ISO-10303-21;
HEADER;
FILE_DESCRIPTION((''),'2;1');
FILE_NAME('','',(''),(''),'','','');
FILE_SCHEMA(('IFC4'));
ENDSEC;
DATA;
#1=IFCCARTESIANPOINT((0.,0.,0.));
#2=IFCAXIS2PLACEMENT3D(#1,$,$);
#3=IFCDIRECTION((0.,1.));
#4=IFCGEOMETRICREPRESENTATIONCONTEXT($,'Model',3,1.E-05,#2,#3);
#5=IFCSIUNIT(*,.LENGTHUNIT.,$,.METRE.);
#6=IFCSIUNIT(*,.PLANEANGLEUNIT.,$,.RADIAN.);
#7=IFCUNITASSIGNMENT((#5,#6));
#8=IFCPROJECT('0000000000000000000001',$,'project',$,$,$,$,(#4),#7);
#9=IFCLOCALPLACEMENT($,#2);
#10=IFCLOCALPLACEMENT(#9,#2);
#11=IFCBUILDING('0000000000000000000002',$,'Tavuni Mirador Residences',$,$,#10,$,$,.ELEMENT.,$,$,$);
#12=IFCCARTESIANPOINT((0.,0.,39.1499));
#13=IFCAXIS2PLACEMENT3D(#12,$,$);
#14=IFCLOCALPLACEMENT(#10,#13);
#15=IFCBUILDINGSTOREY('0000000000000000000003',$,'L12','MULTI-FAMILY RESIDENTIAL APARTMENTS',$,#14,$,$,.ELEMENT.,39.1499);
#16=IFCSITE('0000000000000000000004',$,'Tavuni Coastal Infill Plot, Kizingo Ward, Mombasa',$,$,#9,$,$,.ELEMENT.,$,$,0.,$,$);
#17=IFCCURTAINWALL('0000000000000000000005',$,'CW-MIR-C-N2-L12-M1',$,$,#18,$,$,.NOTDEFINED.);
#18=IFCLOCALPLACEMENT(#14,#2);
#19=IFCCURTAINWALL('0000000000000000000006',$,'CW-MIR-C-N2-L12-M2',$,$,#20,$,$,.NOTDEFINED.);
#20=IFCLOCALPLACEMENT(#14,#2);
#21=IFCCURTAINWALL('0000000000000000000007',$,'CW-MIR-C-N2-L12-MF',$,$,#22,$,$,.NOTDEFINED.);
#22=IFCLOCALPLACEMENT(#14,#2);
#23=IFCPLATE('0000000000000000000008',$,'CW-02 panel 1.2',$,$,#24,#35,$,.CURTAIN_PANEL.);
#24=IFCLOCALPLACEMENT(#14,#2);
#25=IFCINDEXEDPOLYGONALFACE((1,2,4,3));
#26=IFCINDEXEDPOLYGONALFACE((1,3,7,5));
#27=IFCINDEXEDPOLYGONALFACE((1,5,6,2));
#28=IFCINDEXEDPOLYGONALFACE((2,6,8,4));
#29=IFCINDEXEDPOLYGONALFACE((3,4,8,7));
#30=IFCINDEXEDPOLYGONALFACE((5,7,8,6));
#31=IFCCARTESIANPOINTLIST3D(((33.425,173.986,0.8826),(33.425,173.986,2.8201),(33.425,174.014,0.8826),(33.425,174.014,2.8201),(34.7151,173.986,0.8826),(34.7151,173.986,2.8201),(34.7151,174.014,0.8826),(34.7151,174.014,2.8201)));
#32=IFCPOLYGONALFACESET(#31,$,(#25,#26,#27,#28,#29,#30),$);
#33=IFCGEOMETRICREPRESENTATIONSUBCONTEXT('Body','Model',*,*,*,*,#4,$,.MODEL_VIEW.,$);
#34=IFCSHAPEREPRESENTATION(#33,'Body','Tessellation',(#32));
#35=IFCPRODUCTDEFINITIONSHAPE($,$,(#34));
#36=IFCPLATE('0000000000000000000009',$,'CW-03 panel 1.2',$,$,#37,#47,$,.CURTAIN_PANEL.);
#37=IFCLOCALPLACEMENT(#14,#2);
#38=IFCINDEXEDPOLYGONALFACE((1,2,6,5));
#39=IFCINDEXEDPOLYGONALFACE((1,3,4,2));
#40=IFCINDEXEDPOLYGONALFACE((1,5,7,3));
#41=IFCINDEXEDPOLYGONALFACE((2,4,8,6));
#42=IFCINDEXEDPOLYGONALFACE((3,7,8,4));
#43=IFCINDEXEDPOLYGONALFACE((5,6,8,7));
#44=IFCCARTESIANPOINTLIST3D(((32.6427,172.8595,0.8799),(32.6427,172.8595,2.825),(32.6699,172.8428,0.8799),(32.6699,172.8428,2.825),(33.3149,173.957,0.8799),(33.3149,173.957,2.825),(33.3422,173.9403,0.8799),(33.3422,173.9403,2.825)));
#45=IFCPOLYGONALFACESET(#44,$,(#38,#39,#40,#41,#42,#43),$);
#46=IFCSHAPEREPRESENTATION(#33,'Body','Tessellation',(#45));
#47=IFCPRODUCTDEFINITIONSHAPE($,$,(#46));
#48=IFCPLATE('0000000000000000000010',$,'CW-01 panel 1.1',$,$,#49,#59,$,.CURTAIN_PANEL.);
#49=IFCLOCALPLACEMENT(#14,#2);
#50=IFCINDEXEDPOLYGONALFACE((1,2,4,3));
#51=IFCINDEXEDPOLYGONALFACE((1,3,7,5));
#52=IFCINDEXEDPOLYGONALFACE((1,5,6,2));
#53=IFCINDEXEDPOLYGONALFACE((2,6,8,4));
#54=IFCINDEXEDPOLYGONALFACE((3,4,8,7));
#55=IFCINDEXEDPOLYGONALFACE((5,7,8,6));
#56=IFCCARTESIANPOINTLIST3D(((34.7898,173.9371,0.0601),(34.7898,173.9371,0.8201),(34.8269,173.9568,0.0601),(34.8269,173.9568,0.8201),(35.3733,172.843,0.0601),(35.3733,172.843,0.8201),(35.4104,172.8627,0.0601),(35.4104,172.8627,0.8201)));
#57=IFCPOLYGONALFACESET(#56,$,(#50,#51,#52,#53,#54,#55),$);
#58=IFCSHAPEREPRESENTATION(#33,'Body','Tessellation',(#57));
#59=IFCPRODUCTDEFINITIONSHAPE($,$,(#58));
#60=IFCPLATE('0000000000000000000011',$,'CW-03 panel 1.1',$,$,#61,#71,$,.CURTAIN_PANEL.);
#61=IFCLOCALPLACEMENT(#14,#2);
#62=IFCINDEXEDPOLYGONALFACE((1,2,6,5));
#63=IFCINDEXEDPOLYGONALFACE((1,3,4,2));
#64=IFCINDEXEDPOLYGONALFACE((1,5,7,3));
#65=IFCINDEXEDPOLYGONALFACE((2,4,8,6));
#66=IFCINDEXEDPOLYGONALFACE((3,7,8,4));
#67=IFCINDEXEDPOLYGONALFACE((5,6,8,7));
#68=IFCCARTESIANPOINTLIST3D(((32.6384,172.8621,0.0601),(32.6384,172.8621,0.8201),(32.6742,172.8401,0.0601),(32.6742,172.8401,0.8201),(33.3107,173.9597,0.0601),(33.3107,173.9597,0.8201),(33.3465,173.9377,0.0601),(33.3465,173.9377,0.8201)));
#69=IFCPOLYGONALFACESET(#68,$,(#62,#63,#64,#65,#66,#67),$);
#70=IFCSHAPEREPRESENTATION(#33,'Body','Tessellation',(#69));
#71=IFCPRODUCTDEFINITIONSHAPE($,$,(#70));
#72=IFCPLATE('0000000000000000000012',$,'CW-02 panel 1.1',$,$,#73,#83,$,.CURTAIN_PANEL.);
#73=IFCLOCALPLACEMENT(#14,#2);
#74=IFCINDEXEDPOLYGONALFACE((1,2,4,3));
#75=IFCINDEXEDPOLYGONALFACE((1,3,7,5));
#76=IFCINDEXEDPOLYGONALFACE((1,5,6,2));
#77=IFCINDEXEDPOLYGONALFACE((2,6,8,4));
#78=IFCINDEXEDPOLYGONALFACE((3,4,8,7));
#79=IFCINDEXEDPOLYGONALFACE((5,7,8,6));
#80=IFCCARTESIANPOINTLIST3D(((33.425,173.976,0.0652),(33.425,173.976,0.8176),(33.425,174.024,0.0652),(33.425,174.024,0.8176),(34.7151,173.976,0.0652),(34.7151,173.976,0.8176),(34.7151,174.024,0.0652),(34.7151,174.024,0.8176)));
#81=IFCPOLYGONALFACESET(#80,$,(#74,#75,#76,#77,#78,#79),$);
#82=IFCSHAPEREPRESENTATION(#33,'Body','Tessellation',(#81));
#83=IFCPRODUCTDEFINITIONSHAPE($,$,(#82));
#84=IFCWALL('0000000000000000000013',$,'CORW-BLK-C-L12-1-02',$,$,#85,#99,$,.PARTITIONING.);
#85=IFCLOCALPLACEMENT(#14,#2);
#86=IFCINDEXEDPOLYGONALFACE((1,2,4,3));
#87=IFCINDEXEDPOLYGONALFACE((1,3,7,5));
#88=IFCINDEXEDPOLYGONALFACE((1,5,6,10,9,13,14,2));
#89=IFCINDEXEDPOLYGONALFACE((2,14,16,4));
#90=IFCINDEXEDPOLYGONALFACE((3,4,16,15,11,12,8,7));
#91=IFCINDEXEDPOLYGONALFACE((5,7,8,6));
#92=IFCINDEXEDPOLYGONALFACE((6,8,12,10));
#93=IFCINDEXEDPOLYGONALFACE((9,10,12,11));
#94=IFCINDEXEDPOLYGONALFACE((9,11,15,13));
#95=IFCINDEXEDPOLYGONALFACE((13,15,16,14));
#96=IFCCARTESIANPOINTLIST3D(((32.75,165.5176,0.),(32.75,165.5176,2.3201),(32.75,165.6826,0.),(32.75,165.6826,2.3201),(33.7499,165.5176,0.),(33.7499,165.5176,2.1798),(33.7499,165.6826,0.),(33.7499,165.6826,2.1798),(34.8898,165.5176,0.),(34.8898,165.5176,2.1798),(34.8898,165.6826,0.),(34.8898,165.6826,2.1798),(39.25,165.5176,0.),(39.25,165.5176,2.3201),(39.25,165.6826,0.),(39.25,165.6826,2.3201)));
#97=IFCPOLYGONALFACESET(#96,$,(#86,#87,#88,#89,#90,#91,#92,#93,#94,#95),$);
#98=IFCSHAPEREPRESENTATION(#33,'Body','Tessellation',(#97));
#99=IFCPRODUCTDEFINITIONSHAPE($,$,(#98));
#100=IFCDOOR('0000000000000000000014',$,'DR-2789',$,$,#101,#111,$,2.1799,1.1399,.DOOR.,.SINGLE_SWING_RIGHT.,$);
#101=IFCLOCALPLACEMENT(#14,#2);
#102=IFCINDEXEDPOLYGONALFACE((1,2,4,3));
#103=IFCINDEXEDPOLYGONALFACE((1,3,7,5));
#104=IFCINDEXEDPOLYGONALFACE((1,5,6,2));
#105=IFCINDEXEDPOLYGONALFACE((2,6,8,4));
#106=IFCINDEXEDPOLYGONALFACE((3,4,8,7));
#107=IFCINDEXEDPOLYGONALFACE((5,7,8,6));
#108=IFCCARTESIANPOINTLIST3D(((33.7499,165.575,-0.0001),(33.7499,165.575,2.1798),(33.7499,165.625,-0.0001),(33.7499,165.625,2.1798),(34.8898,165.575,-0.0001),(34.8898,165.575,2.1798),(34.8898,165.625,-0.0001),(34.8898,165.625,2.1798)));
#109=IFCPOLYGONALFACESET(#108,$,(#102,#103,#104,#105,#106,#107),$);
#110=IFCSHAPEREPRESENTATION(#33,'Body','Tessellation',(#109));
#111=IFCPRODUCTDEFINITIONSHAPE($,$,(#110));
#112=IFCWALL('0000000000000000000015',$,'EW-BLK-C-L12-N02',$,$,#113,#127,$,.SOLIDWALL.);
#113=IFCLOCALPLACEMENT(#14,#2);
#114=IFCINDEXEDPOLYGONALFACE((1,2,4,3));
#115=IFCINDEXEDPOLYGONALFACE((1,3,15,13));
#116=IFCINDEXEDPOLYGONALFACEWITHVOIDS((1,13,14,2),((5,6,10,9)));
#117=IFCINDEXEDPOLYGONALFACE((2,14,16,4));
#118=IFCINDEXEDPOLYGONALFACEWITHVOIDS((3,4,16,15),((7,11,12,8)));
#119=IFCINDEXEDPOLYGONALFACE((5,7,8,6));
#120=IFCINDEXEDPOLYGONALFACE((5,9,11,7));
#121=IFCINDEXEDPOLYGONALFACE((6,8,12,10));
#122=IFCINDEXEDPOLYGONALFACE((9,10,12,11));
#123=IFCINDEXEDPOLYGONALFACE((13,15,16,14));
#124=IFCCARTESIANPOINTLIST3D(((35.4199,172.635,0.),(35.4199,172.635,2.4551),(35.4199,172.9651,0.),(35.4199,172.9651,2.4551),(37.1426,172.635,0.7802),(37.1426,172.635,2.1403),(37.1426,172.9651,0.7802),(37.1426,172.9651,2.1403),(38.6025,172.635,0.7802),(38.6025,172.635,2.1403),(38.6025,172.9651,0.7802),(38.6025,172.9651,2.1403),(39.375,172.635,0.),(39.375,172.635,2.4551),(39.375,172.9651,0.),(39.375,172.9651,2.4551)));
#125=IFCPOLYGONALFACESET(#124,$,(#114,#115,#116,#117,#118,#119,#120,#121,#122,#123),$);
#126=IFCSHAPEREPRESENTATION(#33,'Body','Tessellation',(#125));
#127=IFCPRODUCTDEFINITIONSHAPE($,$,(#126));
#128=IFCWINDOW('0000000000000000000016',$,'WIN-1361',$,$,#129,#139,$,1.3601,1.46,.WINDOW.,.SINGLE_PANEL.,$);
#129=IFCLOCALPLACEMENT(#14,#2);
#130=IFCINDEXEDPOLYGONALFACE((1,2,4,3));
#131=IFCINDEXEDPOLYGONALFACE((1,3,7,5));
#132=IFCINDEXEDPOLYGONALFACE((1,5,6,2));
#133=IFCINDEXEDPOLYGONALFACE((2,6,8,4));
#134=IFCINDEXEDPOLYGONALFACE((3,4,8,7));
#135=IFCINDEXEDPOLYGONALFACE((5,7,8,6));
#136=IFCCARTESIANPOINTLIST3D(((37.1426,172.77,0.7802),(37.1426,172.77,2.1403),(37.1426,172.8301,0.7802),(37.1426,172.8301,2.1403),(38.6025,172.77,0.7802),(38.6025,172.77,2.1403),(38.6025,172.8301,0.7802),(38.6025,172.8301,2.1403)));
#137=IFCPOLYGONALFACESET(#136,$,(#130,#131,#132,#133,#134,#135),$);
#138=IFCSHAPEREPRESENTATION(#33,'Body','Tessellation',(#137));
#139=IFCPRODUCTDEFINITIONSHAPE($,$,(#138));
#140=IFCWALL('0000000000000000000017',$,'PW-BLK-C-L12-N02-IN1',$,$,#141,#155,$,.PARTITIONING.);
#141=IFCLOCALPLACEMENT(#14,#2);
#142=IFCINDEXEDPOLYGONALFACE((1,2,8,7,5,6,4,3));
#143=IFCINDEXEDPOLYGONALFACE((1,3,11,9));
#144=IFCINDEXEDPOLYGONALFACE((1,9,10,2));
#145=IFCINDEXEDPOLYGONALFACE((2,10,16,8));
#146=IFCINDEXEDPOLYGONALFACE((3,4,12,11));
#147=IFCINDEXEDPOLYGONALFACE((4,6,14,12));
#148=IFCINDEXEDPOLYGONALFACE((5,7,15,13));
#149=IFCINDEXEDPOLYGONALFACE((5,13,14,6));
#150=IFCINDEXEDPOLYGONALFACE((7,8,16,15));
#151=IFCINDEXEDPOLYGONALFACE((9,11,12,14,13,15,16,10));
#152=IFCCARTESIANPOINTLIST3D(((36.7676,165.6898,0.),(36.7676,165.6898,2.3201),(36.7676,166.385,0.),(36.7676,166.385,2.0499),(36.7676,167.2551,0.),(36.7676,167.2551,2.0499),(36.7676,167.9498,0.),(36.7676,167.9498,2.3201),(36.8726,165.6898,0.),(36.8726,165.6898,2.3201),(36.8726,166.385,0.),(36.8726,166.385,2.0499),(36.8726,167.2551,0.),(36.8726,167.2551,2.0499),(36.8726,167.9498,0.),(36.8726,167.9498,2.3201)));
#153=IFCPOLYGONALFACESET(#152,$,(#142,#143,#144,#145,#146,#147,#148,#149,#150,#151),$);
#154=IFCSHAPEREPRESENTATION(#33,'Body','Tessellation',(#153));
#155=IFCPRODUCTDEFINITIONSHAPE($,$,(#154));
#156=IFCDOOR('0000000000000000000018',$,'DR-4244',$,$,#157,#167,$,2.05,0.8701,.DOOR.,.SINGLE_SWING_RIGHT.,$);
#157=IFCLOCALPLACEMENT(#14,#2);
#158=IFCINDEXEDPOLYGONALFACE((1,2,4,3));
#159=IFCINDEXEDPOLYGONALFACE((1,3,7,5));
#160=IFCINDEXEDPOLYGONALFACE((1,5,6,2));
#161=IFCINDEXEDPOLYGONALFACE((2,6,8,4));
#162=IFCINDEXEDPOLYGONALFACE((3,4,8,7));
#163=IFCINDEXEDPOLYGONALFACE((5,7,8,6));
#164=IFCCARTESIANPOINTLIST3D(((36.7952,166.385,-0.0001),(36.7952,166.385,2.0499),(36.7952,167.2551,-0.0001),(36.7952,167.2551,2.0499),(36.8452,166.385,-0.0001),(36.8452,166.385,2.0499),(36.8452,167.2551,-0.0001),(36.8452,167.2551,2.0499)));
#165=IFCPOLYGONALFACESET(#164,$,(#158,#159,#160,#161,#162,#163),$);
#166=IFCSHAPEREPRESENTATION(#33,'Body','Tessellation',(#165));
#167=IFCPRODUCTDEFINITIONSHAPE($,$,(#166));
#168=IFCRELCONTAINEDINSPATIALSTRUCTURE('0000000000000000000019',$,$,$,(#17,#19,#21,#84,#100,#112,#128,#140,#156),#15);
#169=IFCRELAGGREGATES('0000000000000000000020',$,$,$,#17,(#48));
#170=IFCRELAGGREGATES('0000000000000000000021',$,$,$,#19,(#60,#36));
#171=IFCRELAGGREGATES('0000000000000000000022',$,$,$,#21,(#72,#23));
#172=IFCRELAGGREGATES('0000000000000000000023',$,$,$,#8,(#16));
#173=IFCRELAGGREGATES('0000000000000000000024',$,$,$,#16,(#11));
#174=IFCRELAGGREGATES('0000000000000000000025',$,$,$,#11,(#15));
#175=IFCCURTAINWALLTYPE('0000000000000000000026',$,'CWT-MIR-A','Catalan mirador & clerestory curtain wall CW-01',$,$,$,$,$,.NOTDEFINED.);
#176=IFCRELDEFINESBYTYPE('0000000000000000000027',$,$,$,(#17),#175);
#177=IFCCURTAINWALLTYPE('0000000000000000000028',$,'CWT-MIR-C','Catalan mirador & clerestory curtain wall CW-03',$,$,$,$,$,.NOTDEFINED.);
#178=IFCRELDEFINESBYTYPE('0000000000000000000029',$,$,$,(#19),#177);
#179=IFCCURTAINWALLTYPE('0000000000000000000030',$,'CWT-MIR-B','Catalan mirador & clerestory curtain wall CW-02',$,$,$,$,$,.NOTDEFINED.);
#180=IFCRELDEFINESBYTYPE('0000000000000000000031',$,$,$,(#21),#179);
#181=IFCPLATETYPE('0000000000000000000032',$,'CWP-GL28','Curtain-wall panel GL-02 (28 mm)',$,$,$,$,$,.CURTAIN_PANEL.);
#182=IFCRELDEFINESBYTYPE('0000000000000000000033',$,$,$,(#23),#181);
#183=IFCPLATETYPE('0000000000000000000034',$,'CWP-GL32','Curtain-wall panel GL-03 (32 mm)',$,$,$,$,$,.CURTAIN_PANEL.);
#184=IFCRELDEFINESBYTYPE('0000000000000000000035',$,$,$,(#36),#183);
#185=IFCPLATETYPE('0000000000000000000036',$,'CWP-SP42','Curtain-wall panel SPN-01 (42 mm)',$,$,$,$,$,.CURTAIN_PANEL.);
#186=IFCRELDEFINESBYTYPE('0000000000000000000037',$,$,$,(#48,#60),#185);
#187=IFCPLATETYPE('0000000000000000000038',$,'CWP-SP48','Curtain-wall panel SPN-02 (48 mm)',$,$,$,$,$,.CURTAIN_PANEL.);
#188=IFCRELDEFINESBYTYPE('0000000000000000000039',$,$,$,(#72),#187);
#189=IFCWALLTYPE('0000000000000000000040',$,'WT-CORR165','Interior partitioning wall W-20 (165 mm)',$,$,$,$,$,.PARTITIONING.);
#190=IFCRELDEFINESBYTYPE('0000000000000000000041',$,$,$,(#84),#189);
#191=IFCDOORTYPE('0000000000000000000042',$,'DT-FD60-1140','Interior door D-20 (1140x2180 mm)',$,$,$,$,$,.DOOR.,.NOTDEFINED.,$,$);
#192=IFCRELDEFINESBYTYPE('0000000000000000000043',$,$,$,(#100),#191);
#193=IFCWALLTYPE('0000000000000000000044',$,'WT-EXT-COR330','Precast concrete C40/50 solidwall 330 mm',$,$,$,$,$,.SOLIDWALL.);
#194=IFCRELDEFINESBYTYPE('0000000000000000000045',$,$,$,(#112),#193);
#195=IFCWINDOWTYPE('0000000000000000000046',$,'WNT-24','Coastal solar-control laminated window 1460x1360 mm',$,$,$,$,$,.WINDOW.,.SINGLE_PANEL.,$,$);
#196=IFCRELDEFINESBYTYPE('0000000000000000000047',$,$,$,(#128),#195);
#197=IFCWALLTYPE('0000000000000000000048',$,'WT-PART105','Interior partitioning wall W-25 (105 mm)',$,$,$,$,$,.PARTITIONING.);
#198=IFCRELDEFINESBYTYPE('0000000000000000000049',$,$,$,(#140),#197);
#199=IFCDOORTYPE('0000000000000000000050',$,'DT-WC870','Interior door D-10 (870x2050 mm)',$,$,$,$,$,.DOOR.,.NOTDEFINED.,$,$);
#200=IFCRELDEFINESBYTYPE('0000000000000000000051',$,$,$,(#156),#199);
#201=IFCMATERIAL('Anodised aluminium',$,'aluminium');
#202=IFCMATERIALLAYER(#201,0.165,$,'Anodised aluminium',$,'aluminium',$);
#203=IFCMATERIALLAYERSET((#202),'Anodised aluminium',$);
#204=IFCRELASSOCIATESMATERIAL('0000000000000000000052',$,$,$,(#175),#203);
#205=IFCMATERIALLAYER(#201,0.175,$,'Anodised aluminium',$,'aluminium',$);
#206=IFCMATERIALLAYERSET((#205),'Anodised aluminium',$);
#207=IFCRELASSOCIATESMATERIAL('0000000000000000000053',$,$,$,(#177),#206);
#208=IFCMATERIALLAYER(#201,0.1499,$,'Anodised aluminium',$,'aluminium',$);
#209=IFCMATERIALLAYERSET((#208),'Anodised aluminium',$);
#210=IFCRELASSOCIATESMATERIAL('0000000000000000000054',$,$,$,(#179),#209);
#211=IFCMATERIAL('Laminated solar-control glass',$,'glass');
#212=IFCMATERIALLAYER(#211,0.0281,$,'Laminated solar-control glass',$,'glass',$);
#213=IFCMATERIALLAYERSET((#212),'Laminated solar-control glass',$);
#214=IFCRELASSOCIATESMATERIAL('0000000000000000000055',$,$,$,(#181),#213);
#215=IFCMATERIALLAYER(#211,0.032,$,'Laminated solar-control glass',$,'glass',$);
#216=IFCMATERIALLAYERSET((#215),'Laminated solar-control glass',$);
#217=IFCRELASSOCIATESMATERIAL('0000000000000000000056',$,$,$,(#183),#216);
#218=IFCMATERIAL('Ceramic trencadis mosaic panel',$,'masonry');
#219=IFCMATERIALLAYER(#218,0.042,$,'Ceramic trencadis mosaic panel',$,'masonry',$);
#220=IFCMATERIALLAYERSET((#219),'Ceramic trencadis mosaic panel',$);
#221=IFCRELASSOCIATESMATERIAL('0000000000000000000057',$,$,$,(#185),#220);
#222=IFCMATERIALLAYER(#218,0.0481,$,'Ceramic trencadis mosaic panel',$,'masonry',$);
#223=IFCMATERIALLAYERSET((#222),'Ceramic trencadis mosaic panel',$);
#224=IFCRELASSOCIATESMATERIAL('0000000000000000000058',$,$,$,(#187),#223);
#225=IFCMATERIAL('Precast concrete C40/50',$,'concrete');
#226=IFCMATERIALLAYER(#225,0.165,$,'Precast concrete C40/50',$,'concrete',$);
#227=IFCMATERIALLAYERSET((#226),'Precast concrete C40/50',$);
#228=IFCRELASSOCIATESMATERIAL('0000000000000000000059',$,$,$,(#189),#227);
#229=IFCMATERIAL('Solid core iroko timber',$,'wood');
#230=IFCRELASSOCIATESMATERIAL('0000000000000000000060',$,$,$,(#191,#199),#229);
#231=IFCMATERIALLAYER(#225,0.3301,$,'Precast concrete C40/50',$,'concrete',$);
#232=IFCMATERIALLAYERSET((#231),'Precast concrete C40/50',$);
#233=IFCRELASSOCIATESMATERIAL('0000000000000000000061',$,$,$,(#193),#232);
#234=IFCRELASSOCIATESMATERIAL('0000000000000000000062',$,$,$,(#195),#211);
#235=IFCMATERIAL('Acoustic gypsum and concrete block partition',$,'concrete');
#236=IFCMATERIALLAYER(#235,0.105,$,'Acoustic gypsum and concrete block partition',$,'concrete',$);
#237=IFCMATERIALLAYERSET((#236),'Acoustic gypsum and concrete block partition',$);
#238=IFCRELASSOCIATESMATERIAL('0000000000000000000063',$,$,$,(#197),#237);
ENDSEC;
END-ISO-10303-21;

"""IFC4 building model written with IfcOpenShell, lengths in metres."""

from ifc_helpers import new_model, si_unit, direction, frame, frame_2d, origin, origin_2d, place, context, subcontext, project, spatial, rectangle, extrude, material, layer, layer_set, type_object, element, fill, aggregate, save


model = new_model("IFC4")

# Units and contexts
model_context = context("Model", 3, precision=1e-05, world=origin(), true_north=direction((0.0, 1.0)))
body_context = subcontext(model_context, "Body", "Model", "MODEL_VIEW")
ifc_project = project(units=[si_unit("LENGTHUNIT", "METRE"), si_unit("PLANEANGLEUNIT", "RADIAN")], contexts=[model_context])

# Site, building, storey
site_placement = place(None, origin())
site = spatial("IfcSite", under=ifc_project, at=site_placement, Name="Tavuni Coastal Infill Plot, Kizingo Ward, Mombasa", CompositionType="ELEMENT", RefElevation=0.0)
building_placement = place(site_placement, origin())
building = spatial("IfcBuilding", under=site, at=building_placement, Name="Tavuni Mirador Residences", CompositionType="ELEMENT")
storey_placement = place(building_placement, frame((0.0, 0.0, 39.1499)))
storey = spatial("IfcBuildingStorey", under=building, at=storey_placement, Name="L12", Description="MULTI-FAMILY RESIDENTIAL APARTMENTS", CompositionType="ELEMENT", Elevation=39.1499)

# Shared definitions
ifc_material_1 = material(Name="Precast concrete C40/50", Category="concrete")

# Curtain walls
ifc_material_2 = material(Name="Anodised aluminium", Category="aluminium")
ifc_layer_1 = layer(ifc_material_2, 0.165, Name="Anodised aluminium", Category="aluminium")
ifc_layer_set_1 = layer_set([ifc_layer_1], Name="Anodised aluminium")
curtain_wall_type_1 = type_object("IfcCurtainWallType", Name="CWT-MIR-A", Description="Catalan mirador & clerestory curtain wall CW-01", PredefinedType="NOTDEFINED", material=ifc_layer_set_1)
curtain_wall_1_placement = place(storey_placement, origin())
curtain_wall_1 = element("IfcCurtainWall", 1, at=curtain_wall_1_placement, inside=storey, type_object=curtain_wall_type_1, Name="CW-MIR-C-N2-L12-M1", PredefinedType="NOTDEFINED")
ifc_layer_2 = layer(ifc_material_2, 0.175, Name="Anodised aluminium", Category="aluminium")
ifc_layer_set_2 = layer_set([ifc_layer_2], Name="Anodised aluminium")
curtain_wall_type_2 = type_object("IfcCurtainWallType", Name="CWT-MIR-C", Description="Catalan mirador & clerestory curtain wall CW-03", PredefinedType="NOTDEFINED", material=ifc_layer_set_2)
curtain_wall_2_placement = place(storey_placement, origin())
curtain_wall_2 = element("IfcCurtainWall", 2, at=curtain_wall_2_placement, inside=storey, type_object=curtain_wall_type_2, Name="CW-MIR-C-N2-L12-M2", PredefinedType="NOTDEFINED")
ifc_layer_3 = layer(ifc_material_2, 0.1499, Name="Anodised aluminium", Category="aluminium")
ifc_layer_set_3 = layer_set([ifc_layer_3], Name="Anodised aluminium")
curtain_wall_type_3 = type_object("IfcCurtainWallType", Name="CWT-MIR-B", Description="Catalan mirador & clerestory curtain wall CW-02", PredefinedType="NOTDEFINED", material=ifc_layer_set_3)
curtain_wall_3_placement = place(storey_placement, origin())
curtain_wall_3 = element("IfcCurtainWall", 3, at=curtain_wall_3_placement, inside=storey, type_object=curtain_wall_type_3, Name="CW-MIR-C-N2-L12-MF", PredefinedType="NOTDEFINED")

# Plates
ifc_material_3 = material(Name="Laminated solar-control glass", Category="glass")
ifc_layer_4 = layer(ifc_material_3, 0.0281, Name="Laminated solar-control glass", Category="glass")
ifc_layer_set_4 = layer_set([ifc_layer_4], Name="Laminated solar-control glass")
plate_type_1 = type_object("IfcPlateType", Name="CWP-GL28", Description="Curtain-wall panel GL-02 (28 mm)", PredefinedType="CURTAIN_PANEL", material=ifc_layer_set_4)
plate_1_placement = place(storey_placement, frame((34.0701, 174.0, 0.8826), z_axis=(0.0, 0.0, 1.0), x_axis=(-1.0, 0.0, 0.0)))
plate_1 = element("IfcPlate", 4, at=plate_1_placement, type_object=plate_type_1, Name="CW-02 panel 1.2", PredefinedType="CURTAIN_PANEL", context=body_context, shape_type="SweptSolid", body=[
    extrude(rectangle(XDim=1.29, YDim=0.0281, at=origin_2d()), origin(), (0.0, 0.0, 1.0), 1.9375),
])
ifc_layer_5 = layer(ifc_material_3, 0.032, Name="Laminated solar-control glass", Category="glass")
ifc_layer_set_5 = layer_set([ifc_layer_5], Name="Laminated solar-control glass")
plate_type_2 = type_object("IfcPlateType", Name="CWP-GL32", Description="Curtain-wall panel GL-03 (32 mm)", PredefinedType="CURTAIN_PANEL", material=ifc_layer_set_5)
plate_2_placement = place(storey_placement, frame((32.9924, 173.3999, 0.8799), z_axis=(0.0, 0.0, 1.0), x_axis=(-0.522312, -0.852754, 0.0)))
plate_2 = element("IfcPlate", 5, at=plate_2_placement, type_object=plate_type_2, Name="CW-03 panel 1.2", PredefinedType="CURTAIN_PANEL", context=body_context, shape_type="SweptSolid", body=[
    extrude(rectangle(XDim=1.2871, YDim=0.032, at=origin_2d()), origin(), (0.0, 0.0, 1.0), 1.9451),
])
ifc_material_4 = material(Name="Ceramic trencadis mosaic panel", Category="masonry")
ifc_layer_6 = layer(ifc_material_4, 0.042, Name="Ceramic trencadis mosaic panel", Category="masonry")
ifc_layer_set_6 = layer_set([ifc_layer_6], Name="Ceramic trencadis mosaic panel")
plate_type_3 = type_object("IfcPlateType", Name="CWP-SP42", Description="Curtain-wall panel SPN-01 (42 mm)", PredefinedType="CURTAIN_PANEL", material=ifc_layer_set_6)
plate_3_placement = place(storey_placement, frame((35.1001, 173.3999, 0.0601), z_axis=(0.0, 0.0, 1.0), x_axis=(-0.470588, 0.882353, 0.0)))
plate_3 = element("IfcPlate", 6, at=plate_3_placement, type_object=plate_type_3, Name="CW-01 panel 1.1", PredefinedType="CURTAIN_PANEL", context=body_context, shape_type="SweptSolid", body=[
    extrude(rectangle(XDim=1.24, YDim=0.042, at=origin_2d()), origin(), (0.0, 0.0, 1.0), 0.76),
])
aggregate(curtain_wall_1, [plate_3])
plate_4_placement = place(storey_placement, frame((32.9924, 173.3999, 0.0601), z_axis=(0.0, 0.0, 1.0), x_axis=(-0.522312, -0.852754, 0.0)))
plate_4 = element("IfcPlate", 7, at=plate_4_placement, type_object=plate_type_3, Name="CW-03 panel 1.1", PredefinedType="CURTAIN_PANEL", context=body_context, shape_type="SweptSolid", body=[
    extrude(rectangle(XDim=1.2871, YDim=0.042, at=origin_2d()), origin(), (0.0, 0.0, 1.0), 0.76),
])
aggregate(curtain_wall_2, [plate_4, plate_2])
ifc_layer_7 = layer(ifc_material_4, 0.0481, Name="Ceramic trencadis mosaic panel", Category="masonry")
ifc_layer_set_7 = layer_set([ifc_layer_7], Name="Ceramic trencadis mosaic panel")
plate_type_4 = type_object("IfcPlateType", Name="CWP-SP48", Description="Curtain-wall panel SPN-02 (48 mm)", PredefinedType="CURTAIN_PANEL", material=ifc_layer_set_7)
plate_5_placement = place(storey_placement, frame((34.0701, 174.0, 0.0652), z_axis=(0.0, 0.0, 1.0), x_axis=(-1.0, 0.0, 0.0)))
plate_5 = element("IfcPlate", 8, at=plate_5_placement, type_object=plate_type_4, Name="CW-02 panel 1.1", PredefinedType="CURTAIN_PANEL", context=body_context, shape_type="SweptSolid", body=[
    extrude(rectangle(XDim=1.29, YDim=0.0481, at=origin_2d()), origin(), (0.0, 0.0, 1.0), 0.7524),
])
aggregate(curtain_wall_3, [plate_5, plate_1])

# Wall, opening, door
ifc_layer_8 = layer(ifc_material_1, 0.165, Name="Precast concrete C40/50", Category="concrete")
ifc_layer_set_8 = layer_set([ifc_layer_8], Name="Precast concrete C40/50")
wall_type_1 = type_object("IfcWallType", Name="WT-CORR165", Description="Interior partitioning wall W-20 (165 mm)", PredefinedType="PARTITIONING", material=ifc_layer_set_8)
wall_1_placement = place(storey_placement, frame((32.75, 165.6001, 0.0), z_axis=(0.0, 0.0, 1.0), x_axis=(1.0, 0.0, 0.0)))
wall_1 = element("IfcWall", 9, at=wall_1_placement, inside=storey, type_object=wall_type_1, Name="CORW-BLK-C-L12-1-02", PredefinedType="PARTITIONING", context=body_context, shape_type="SweptSolid", body=[
    extrude(rectangle(XDim=6.5, YDim=0.165, at=frame_2d((3.25, 0.0))), origin(), (0.0, 0.0, 1.0), 2.3201),
])
opening_1_placement = place(wall_1_placement, frame((1.0, 0.0, 0.0)))
opening_1 = element("IfcOpeningElement", 10, at=opening_1_placement, cuts=wall_1, PredefinedType="OPENING", context=body_context, shape_type="SweptSolid", body=[
    extrude(rectangle(XDim=1.1399, YDim=2.1799, at=frame_2d((0.5698, 1.0898))), frame((0.0, 0.0925, 0.0), z_axis=(0.0, -1.0, 0.0), x_axis=(1.0, 0.0, 0.0)), (0.0, 0.0, 1.0), 0.1851),
])
ifc_material_5 = material(Name="Solid core iroko timber", Category="wood")
door_type_1 = type_object("IfcDoorType", Name="DT-FD60-1140", Description="Interior door D-20 (1140x2180 mm)", OperationType="NOTDEFINED", PredefinedType="DOOR", material=ifc_material_5)
door_1_placement = place(opening_1_placement, origin())
door_1 = element("IfcDoor", 11, at=door_1_placement, inside=storey, type_object=door_type_1, Name="DR-2789", OperationType="SINGLE_SWING_RIGHT", OverallHeight=2.1799, OverallWidth=1.1399, PredefinedType="DOOR", context=body_context, shape_type="SweptSolid", body=[
    extrude(rectangle(XDim=1.1399, YDim=2.1799, at=frame_2d((0.5698, 1.0898))), frame((0.0, 0.0249, 0.0), z_axis=(0.0, -1.0, 0.0), x_axis=(1.0, 0.0, 0.0)), (0.0, 0.0, 1.0), 0.05),
])
fill(opening_1, door_1)

# Wall, opening, window
ifc_layer_9 = layer(ifc_material_1, 0.3301, Name="Precast concrete C40/50", Category="concrete")
ifc_layer_set_9 = layer_set([ifc_layer_9], Name="Precast concrete C40/50")
wall_type_2 = type_object("IfcWallType", Name="WT-EXT-COR330", Description="Precast concrete C40/50 solidwall 330 mm", PredefinedType="SOLIDWALL", material=ifc_layer_set_9)
wall_2_placement = place(storey_placement, frame((39.375, 172.8, 0.0), z_axis=(0.0, 0.0, 1.0), x_axis=(-1.0, 0.0, 0.0)))
wall_2 = element("IfcWall", 12, at=wall_2_placement, inside=storey, type_object=wall_type_2, Name="EW-BLK-C-L12-N02", PredefinedType="SOLIDWALL", context=body_context, shape_type="SweptSolid", body=[
    extrude(rectangle(XDim=3.9551, YDim=0.3301, at=frame_2d((1.9775, 0.0))), origin(), (0.0, 0.0, 1.0), 2.4551),
])
opening_2_placement = place(wall_2_placement, frame((0.7725, 0.0, 0.78)))
opening_2 = element("IfcOpeningElement", 13, at=opening_2_placement, cuts=wall_2, PredefinedType="OPENING", context=body_context, shape_type="SweptSolid", body=[
    extrude(rectangle(XDim=1.46, YDim=1.3601, at=frame_2d((0.73, 0.6802))), frame((0.0, 0.175, 0.0), z_axis=(0.0, -1.0, 0.0), x_axis=(1.0, 0.0, 0.0)), (0.0, 0.0, 1.0), 0.3501),
])
window_type = type_object("IfcWindowType", Name="WNT-24", Description="Coastal solar-control laminated window 1460x1360 mm", PartitioningType="SINGLE_PANEL", PredefinedType="WINDOW", material=ifc_material_3)
window_placement = place(opening_2_placement, origin())
window = element("IfcWindow", 14, at=window_placement, inside=storey, type_object=window_type, Name="WIN-1361", OverallHeight=1.3601, OverallWidth=1.46, PartitioningType="SINGLE_PANEL", PredefinedType="WINDOW", context=body_context, shape_type="SweptSolid", body=[
    extrude(rectangle(XDim=1.46, YDim=1.3601, at=frame_2d((0.73, 0.6802))), frame((0.0, 0.03, 0.0), z_axis=(0.0, -1.0, 0.0), x_axis=(1.0, 0.0, 0.0)), (0.0, 0.0, 1.0), 0.0601),
])
fill(opening_2, window)

# Wall, opening, door
ifc_material_6 = material(Name="Acoustic gypsum and concrete block partition", Category="concrete")
ifc_layer_10 = layer(ifc_material_6, 0.105, Name="Acoustic gypsum and concrete block partition", Category="concrete")
ifc_layer_set_10 = layer_set([ifc_layer_10], Name="Acoustic gypsum and concrete block partition")
wall_type_3 = type_object("IfcWallType", Name="WT-PART105", Description="Interior partitioning wall W-25 (105 mm)", PredefinedType="PARTITIONING", material=ifc_layer_set_10)
wall_3_placement = place(storey_placement, frame((36.8201, 165.6899, 0.0), z_axis=(0.0, 0.0, 1.0), x_axis=(0.0, 1.0, 0.0)))
wall_3 = element("IfcWall", 15, at=wall_3_placement, inside=storey, type_object=wall_type_3, Name="PW-BLK-C-L12-N02-IN1", PredefinedType="PARTITIONING", context=body_context, shape_type="SweptSolid", body=[
    extrude(rectangle(XDim=2.26, YDim=0.105, at=frame_2d((1.1299, 0.0))), origin(), (0.0, 0.0, 1.0), 2.3201),
])
opening_3_placement = place(wall_3_placement, frame((0.6951, 0.0, 0.0)))
opening_3 = element("IfcOpeningElement", 16, at=opening_3_placement, cuts=wall_3, PredefinedType="OPENING", context=body_context, shape_type="SweptSolid", body=[
    extrude(rectangle(XDim=0.8701, YDim=2.05, at=frame_2d((0.4351, 1.0249))), frame((0.0, 0.0625, 0.0), z_axis=(0.0, -1.0, 0.0), x_axis=(1.0, 0.0, 0.0)), (0.0, 0.0, 1.0), 0.125),
])
door_type_2 = type_object("IfcDoorType", Name="DT-WC870", Description="Interior door D-10 (870x2050 mm)", OperationType="NOTDEFINED", PredefinedType="DOOR", material=ifc_material_5)
door_2_placement = place(opening_3_placement, origin())
door_2 = element("IfcDoor", 17, at=door_2_placement, inside=storey, type_object=door_type_2, Name="DR-4244", OperationType="SINGLE_SWING_RIGHT", OverallHeight=2.05, OverallWidth=0.8701, PredefinedType="DOOR", context=body_context, shape_type="SweptSolid", body=[
    extrude(rectangle(XDim=0.8701, YDim=2.05, at=frame_2d((0.4351, 1.0249))), frame((0.0, 0.0249, 0.0), z_axis=(0.0, -1.0, 0.0), x_axis=(1.0, 0.0, 0.0)), (0.0, 0.0, 1.0), 0.05),
])
fill(opening_3, door_2)

save(model, "model.ifc")
